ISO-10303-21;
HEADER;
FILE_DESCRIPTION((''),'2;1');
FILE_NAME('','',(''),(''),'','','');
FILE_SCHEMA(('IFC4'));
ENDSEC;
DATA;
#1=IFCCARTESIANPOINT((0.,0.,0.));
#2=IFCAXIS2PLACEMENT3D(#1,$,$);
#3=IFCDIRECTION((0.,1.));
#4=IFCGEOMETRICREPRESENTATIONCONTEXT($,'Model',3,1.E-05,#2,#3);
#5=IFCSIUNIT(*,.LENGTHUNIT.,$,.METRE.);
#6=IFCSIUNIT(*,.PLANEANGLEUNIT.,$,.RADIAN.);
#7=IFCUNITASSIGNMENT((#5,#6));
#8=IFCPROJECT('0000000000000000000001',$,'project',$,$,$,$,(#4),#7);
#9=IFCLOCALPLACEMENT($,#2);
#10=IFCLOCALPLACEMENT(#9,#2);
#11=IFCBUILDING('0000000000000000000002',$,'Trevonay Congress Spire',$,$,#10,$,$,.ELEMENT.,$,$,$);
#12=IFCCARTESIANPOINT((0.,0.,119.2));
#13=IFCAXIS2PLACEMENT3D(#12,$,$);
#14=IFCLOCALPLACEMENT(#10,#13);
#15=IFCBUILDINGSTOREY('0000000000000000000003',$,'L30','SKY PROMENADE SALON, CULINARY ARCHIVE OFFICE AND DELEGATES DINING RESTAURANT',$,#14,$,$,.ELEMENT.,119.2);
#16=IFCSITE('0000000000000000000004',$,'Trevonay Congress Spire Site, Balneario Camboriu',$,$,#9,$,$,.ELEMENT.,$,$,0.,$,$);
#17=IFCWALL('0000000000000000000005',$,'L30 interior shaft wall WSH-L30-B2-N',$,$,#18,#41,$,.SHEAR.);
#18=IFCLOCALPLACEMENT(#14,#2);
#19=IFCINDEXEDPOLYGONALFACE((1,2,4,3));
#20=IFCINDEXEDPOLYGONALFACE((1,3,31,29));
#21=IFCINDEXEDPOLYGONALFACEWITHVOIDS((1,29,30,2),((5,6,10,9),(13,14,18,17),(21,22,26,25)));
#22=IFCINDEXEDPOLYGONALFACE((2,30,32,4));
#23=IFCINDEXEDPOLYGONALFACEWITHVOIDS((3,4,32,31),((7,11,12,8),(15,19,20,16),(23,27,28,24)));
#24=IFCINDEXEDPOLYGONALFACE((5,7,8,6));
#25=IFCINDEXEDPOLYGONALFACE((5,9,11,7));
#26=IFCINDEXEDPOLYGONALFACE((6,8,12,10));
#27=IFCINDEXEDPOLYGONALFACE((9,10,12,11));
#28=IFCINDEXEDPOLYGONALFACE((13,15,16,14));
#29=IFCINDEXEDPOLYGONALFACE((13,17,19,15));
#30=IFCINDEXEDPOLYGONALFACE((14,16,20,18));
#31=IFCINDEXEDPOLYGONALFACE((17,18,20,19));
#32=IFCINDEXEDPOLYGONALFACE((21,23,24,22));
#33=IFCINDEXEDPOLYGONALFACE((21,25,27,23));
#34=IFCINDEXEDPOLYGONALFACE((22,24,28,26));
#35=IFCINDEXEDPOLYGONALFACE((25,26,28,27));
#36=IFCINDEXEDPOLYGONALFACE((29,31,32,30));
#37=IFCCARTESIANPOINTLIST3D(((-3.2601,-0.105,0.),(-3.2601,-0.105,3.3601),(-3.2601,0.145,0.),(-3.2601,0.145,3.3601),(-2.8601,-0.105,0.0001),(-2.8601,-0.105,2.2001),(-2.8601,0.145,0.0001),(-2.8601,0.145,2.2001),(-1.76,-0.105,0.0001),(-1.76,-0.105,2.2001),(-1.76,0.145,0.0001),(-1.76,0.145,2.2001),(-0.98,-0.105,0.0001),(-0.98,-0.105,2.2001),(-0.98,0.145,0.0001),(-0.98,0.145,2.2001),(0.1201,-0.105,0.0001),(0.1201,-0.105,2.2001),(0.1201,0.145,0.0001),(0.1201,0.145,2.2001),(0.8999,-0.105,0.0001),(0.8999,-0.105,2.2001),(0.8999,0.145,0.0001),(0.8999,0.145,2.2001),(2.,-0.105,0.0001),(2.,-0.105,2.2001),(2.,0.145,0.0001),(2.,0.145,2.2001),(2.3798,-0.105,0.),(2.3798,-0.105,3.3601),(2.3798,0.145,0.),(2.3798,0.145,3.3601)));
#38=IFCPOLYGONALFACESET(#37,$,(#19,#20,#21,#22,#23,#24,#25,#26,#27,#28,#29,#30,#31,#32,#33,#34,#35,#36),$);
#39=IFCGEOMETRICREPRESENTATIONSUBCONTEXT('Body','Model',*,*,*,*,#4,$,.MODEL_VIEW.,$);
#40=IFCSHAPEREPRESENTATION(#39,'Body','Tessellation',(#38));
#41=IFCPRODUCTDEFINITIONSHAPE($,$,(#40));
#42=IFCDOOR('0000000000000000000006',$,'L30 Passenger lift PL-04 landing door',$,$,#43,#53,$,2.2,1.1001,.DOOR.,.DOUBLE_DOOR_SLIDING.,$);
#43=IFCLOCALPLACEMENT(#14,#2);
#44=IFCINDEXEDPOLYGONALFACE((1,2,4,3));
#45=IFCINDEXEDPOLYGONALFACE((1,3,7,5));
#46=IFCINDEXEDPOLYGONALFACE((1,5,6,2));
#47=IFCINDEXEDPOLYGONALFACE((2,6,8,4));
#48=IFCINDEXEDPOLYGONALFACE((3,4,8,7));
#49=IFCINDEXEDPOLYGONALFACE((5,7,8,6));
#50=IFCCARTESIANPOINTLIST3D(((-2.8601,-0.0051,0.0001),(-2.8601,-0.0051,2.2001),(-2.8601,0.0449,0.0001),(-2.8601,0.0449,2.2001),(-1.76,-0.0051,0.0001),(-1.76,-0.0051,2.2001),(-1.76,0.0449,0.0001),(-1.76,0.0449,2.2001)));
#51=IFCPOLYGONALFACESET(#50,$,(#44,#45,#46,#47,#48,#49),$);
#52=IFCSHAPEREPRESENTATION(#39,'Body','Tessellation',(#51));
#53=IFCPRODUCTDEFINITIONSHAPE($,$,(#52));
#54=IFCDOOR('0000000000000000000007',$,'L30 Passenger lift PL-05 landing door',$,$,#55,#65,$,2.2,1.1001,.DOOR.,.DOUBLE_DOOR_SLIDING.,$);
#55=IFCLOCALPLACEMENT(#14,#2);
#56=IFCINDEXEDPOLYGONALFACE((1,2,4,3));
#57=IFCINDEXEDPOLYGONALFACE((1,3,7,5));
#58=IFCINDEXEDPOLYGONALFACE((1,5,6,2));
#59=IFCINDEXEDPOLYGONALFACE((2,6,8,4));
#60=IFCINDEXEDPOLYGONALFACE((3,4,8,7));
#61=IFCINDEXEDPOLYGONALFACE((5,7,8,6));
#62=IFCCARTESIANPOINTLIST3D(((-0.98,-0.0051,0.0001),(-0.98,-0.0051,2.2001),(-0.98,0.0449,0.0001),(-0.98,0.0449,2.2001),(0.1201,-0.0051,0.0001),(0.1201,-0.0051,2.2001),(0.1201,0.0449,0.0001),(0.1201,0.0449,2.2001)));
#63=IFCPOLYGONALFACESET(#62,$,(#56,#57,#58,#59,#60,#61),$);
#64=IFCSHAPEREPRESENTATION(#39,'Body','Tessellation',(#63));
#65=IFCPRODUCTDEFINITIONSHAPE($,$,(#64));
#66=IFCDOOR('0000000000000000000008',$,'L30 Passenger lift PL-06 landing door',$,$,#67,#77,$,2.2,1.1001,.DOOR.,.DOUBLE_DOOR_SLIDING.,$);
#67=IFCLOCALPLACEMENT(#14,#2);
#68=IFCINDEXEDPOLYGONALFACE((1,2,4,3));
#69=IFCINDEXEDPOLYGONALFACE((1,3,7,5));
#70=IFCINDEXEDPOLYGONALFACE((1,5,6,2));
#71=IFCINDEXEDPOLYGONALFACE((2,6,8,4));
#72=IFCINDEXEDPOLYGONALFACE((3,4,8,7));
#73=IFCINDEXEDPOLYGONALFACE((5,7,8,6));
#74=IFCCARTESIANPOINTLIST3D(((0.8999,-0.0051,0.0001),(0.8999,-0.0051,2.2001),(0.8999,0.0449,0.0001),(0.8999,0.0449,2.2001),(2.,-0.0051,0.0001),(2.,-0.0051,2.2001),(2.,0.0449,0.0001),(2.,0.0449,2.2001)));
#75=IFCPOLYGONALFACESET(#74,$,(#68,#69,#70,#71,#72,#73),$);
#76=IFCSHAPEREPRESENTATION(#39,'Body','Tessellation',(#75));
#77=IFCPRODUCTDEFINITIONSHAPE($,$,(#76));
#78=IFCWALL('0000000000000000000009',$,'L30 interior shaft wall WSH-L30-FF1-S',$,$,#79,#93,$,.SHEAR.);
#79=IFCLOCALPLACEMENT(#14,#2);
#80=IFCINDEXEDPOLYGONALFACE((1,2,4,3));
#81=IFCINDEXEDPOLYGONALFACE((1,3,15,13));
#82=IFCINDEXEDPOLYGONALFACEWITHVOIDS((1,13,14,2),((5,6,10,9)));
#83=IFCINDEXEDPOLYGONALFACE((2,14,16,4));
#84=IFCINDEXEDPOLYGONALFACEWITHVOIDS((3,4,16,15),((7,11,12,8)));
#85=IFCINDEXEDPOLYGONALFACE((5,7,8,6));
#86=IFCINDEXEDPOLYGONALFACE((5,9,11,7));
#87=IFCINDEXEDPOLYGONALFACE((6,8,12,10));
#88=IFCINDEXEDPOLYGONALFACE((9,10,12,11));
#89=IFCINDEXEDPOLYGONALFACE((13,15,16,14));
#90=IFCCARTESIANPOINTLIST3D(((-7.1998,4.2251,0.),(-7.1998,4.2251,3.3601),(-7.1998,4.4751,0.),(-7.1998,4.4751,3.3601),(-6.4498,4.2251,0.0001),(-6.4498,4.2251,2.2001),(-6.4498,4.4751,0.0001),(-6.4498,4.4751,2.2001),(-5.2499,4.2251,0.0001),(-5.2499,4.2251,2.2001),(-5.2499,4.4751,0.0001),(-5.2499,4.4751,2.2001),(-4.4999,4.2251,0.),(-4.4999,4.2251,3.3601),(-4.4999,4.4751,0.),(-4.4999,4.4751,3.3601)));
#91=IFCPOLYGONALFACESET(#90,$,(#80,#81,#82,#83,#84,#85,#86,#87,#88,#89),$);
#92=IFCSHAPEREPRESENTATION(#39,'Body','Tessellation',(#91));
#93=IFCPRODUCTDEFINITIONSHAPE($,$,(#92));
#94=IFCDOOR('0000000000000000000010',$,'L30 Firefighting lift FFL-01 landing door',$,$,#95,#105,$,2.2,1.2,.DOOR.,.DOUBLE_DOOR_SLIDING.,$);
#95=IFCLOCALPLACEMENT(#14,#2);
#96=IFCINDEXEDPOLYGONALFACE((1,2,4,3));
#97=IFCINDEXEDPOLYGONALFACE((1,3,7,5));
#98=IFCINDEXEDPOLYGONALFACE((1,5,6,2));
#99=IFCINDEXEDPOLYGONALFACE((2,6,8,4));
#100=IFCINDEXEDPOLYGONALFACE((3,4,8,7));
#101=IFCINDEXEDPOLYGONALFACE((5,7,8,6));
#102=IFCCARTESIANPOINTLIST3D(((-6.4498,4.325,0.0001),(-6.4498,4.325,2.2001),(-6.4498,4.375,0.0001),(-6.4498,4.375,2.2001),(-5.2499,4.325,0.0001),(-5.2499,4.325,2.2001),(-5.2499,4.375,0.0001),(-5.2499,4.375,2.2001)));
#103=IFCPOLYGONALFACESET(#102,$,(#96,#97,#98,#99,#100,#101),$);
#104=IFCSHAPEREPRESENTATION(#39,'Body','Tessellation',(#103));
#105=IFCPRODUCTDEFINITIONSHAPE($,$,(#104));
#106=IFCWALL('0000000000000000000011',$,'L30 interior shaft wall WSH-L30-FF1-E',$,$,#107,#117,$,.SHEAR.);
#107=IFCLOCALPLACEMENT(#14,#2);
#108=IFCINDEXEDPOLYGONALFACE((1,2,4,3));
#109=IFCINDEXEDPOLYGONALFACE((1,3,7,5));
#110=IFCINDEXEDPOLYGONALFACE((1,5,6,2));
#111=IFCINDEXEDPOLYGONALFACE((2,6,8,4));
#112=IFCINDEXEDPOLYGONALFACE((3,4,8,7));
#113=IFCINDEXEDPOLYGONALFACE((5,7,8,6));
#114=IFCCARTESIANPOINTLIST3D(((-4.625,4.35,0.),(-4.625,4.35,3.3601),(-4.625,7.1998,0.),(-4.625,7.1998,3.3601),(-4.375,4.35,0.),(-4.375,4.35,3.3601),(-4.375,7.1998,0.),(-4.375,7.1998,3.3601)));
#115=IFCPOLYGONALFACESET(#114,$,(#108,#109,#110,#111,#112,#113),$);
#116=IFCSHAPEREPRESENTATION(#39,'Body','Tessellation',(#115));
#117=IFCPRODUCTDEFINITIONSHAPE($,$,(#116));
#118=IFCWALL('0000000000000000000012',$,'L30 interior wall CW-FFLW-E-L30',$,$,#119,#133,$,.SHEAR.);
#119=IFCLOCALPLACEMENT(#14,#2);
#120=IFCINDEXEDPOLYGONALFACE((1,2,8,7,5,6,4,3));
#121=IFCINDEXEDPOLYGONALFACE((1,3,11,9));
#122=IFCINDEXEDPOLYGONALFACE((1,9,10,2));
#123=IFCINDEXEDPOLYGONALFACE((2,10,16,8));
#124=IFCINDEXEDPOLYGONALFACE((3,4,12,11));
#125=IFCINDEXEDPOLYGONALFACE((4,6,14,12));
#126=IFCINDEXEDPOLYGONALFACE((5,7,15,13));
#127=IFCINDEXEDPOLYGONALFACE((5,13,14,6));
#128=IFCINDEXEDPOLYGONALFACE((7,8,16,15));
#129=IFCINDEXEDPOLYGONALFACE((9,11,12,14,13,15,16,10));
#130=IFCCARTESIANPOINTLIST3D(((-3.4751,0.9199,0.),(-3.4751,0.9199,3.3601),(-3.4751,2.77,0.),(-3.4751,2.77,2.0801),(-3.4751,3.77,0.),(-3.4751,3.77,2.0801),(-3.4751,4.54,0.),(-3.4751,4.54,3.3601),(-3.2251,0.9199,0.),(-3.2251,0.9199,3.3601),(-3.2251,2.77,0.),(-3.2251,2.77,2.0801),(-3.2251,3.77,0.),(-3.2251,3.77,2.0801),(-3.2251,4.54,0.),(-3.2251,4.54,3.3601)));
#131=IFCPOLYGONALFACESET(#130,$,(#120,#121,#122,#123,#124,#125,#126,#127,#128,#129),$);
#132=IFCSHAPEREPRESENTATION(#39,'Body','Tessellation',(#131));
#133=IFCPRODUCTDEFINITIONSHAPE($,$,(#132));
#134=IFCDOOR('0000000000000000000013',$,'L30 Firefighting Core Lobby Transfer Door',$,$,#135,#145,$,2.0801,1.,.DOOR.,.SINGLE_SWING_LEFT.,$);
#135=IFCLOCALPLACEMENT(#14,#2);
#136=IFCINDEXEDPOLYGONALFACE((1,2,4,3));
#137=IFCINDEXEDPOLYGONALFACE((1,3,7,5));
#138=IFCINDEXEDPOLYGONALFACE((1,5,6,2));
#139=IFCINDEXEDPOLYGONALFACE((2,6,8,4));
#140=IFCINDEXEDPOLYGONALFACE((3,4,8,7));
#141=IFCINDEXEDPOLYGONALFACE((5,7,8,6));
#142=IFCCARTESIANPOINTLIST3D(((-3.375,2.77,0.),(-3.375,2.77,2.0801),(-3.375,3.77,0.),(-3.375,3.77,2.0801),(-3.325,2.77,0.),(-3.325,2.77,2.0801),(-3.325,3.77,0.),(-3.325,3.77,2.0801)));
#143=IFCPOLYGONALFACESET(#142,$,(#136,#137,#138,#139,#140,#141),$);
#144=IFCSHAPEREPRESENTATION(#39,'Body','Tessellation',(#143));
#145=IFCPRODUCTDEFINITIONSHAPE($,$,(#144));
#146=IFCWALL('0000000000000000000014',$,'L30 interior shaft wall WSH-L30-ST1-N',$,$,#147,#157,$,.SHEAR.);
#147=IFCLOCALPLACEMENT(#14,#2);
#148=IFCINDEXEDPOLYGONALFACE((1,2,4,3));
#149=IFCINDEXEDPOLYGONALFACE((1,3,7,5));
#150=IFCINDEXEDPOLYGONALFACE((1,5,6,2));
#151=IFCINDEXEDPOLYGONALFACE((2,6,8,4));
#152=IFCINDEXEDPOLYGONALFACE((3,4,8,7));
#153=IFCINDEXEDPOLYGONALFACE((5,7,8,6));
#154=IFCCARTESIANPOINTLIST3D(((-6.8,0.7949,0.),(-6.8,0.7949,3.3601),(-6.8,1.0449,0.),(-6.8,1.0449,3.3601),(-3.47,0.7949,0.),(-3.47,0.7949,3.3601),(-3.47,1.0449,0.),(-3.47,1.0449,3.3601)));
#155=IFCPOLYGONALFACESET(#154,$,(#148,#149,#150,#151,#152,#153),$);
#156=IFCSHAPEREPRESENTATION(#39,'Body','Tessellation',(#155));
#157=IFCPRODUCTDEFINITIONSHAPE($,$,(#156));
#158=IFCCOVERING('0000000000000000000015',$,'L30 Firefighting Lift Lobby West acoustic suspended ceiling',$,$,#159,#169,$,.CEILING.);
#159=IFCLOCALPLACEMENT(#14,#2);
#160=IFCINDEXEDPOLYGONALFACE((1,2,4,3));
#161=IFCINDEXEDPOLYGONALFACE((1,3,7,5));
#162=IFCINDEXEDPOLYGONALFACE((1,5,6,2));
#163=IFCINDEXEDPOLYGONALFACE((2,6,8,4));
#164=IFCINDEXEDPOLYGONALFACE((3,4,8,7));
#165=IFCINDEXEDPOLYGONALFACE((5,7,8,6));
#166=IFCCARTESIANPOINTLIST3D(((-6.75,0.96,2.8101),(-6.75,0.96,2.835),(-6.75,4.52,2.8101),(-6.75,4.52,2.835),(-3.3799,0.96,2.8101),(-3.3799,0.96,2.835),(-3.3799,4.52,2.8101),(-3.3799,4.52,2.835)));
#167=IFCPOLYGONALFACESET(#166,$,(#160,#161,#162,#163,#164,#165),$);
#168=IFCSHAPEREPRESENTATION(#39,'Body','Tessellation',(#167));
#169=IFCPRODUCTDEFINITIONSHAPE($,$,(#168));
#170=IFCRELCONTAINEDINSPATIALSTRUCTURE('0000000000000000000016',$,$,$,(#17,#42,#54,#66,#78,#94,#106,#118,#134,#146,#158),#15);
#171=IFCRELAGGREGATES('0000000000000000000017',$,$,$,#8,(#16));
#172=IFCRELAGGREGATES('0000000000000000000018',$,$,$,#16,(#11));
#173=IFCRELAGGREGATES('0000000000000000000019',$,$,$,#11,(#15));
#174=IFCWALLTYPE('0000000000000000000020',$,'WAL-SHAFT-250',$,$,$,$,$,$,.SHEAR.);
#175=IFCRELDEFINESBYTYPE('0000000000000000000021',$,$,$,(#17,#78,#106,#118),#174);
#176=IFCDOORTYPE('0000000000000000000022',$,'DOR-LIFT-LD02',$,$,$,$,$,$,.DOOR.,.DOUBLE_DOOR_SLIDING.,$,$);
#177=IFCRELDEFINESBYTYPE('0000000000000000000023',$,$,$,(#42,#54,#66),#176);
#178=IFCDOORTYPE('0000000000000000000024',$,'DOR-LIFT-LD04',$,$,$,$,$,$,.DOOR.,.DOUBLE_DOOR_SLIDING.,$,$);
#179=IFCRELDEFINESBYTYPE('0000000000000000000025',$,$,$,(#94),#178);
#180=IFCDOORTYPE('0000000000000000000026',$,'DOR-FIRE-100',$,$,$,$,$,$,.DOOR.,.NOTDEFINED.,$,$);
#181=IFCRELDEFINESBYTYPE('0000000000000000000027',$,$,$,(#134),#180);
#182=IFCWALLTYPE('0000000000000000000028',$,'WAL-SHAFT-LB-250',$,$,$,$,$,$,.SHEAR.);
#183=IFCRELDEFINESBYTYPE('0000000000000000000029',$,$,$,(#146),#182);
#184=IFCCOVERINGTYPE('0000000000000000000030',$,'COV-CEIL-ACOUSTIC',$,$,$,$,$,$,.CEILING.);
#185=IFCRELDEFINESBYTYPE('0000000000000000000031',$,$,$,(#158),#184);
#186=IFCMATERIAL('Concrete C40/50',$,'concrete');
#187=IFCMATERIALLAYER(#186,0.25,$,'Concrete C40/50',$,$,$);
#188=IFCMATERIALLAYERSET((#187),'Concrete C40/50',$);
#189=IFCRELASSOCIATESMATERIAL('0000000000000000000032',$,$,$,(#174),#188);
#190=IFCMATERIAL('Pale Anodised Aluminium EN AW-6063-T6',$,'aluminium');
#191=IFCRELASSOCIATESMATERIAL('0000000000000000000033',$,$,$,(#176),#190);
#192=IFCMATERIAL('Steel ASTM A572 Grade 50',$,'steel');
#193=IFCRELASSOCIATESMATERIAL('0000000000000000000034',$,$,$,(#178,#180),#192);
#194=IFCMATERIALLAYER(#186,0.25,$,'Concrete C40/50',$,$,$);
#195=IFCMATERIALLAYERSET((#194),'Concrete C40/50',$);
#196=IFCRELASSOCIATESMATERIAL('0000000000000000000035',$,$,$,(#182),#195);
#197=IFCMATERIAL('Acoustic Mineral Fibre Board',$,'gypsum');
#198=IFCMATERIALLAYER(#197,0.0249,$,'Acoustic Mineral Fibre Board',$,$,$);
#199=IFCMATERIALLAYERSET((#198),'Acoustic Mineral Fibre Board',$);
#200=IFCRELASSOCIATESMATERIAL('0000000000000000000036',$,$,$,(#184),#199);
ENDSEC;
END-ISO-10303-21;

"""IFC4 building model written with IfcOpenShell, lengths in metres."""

from ifc_helpers import new_model, si_unit, direction, frame, frame_2d, origin, place, context, subcontext, project, spatial, polyline, rectangle, outline, extrude, material, layer, layer_set, type_object, element, fill, save


model = new_model("IFC4")

# Units and contexts
model_context = context("Model", 3, precision=1e-05, world=origin(), true_north=direction((0.0, 1.0)))
body_context = subcontext(model_context, "Body", "Model", "MODEL_VIEW")
ifc_project = project(units=[si_unit("LENGTHUNIT", "METRE"), si_unit("PLANEANGLEUNIT", "RADIAN")], contexts=[model_context])

# Site, building, storey
site_placement = place(None, origin())
site = spatial("IfcSite", under=ifc_project, at=site_placement, Name="Trevonay Congress Spire Site, Balneario Camboriu", CompositionType="ELEMENT", RefElevation=0.0)
building_placement = place(site_placement, origin())
building = spatial("IfcBuilding", under=site, at=building_placement, Name="Trevonay Congress Spire", CompositionType="ELEMENT")
storey_placement = place(building_placement, frame((0.0, 0.0, 119.2)))
storey = spatial("IfcBuildingStorey", under=building, at=storey_placement, Name="L30", Description="SKY PROMENADE SALON, CULINARY ARCHIVE OFFICE AND DELEGATES DINING RESTAURANT", CompositionType="ELEMENT", Elevation=119.2)

# Shared definitions
ifc_material_1 = material(Name="Steel ASTM A572 Grade 50", Category="steel")

# Shared definitions
ifc_material_2 = material(Name="Concrete C40/50", Category="concrete")

# Wall, openings, doors
ifc_layer_1 = layer(ifc_material_2, 0.25, Name="Concrete C40/50")
ifc_layer_set_1 = layer_set([ifc_layer_1], Name="Concrete C40/50")
wall_type_1 = type_object("IfcWallType", Name="WAL-SHAFT-250", PredefinedType="SHEAR", material=ifc_layer_set_1)
wall_1_placement = place(storey_placement, frame((-3.26, 0.02, 0.0), z_axis=(0.0, 0.0, 1.0), x_axis=(1.0, 0.0, 0.0)))
wall_1 = element("IfcWall", 1, at=wall_1_placement, inside=storey, type_object=wall_type_1, Name="L30 interior shaft wall WSH-L30-B2-N", PredefinedType="SHEAR", context=body_context, shape_type="SweptSolid", body=[
    extrude(rectangle(XDim=5.6399, YDim=0.25, at=frame_2d((2.8198, 0.0))), origin(), (0.0, 0.0, 1.0), 3.3601),
])
opening_1_placement = place(wall_1_placement, frame((0.3999, 0.0, 0.0)))
opening_1 = element("IfcOpeningElement", 2, at=opening_1_placement, cuts=wall_1, PredefinedType="OPENING", context=body_context, shape_type="SweptSolid", body=[
    extrude(rectangle(XDim=1.1001, YDim=2.2, at=frame_2d((0.55, 1.1001))), frame((0.0, 0.135, 0.0), z_axis=(0.0, -1.0, 0.0), x_axis=(1.0, 0.0, 0.0)), (0.0, 0.0, 1.0), 0.27),
])
opening_2_placement = place(wall_1_placement, frame((2.28, 0.0, 0.0)))
opening_2 = element("IfcOpeningElement", 3, at=opening_2_placement, cuts=wall_1, PredefinedType="OPENING", context=body_context, shape_type="SweptSolid", body=[
    extrude(rectangle(XDim=1.1001, YDim=2.2, at=frame_2d((0.55, 1.1001))), frame((0.0, 0.135, 0.0), z_axis=(0.0, -1.0, 0.0), x_axis=(1.0, 0.0, 0.0)), (0.0, 0.0, 1.0), 0.27),
])
opening_3_placement = place(wall_1_placement, frame((4.1599, 0.0, 0.0)))
opening_3 = element("IfcOpeningElement", 4, at=opening_3_placement, cuts=wall_1, PredefinedType="OPENING", context=body_context, shape_type="SweptSolid", body=[
    extrude(rectangle(XDim=1.1001, YDim=2.2, at=frame_2d((0.55, 1.1001))), frame((0.0, 0.135, 0.0), z_axis=(0.0, -1.0, 0.0), x_axis=(1.0, 0.0, 0.0)), (0.0, 0.0, 1.0), 0.27),
])
ifc_material_3 = material(Name="Pale Anodised Aluminium EN AW-6063-T6", Category="aluminium")
door_type_1 = type_object("IfcDoorType", Name="DOR-LIFT-LD02", OperationType="DOUBLE_DOOR_SLIDING", PredefinedType="DOOR", material=ifc_material_3)
door_1_placement = place(opening_1_placement, origin())
door_1 = element("IfcDoor", 5, at=door_1_placement, inside=storey, type_object=door_type_1, Name="L30 Passenger lift PL-04 landing door", OperationType="DOUBLE_DOOR_SLIDING", OverallHeight=2.2, OverallWidth=1.1001, PredefinedType="DOOR", context=body_context, shape_type="SweptSolid", body=[
    extrude(rectangle(XDim=1.1001, YDim=2.2, at=frame_2d((0.55, 1.1001))), frame((0.0, 0.0249, 0.0), z_axis=(0.0, -1.0, 0.0), x_axis=(1.0, 0.0, 0.0)), (0.0, 0.0, 1.0), 0.05),
])
fill(opening_1, door_1)
door_2_placement = place(opening_2_placement, origin())
door_2 = element("IfcDoor", 6, at=door_2_placement, inside=storey, type_object=door_type_1, Name="L30 Passenger lift PL-05 landing door", OperationType="DOUBLE_DOOR_SLIDING", OverallHeight=2.2, OverallWidth=1.1001, PredefinedType="DOOR", context=body_context, shape_type="SweptSolid", body=[
    extrude(rectangle(XDim=1.1001, YDim=2.2, at=frame_2d((0.55, 1.1001))), frame((0.0, 0.0249, 0.0), z_axis=(0.0, -1.0, 0.0), x_axis=(1.0, 0.0, 0.0)), (0.0, 0.0, 1.0), 0.05),
])
fill(opening_2, door_2)
door_3_placement = place(opening_3_placement, origin())
door_3 = element("IfcDoor", 7, at=door_3_placement, inside=storey, type_object=door_type_1, Name="L30 Passenger lift PL-06 landing door", OperationType="DOUBLE_DOOR_SLIDING", OverallHeight=2.2, OverallWidth=1.1001, PredefinedType="DOOR", context=body_context, shape_type="SweptSolid", body=[
    extrude(rectangle(XDim=1.1001, YDim=2.2, at=frame_2d((0.55, 1.1001))), frame((0.0, 0.0249, 0.0), z_axis=(0.0, -1.0, 0.0), x_axis=(1.0, 0.0, 0.0)), (0.0, 0.0, 1.0), 0.05),
])
fill(opening_3, door_3)

# Wall, opening, door
wall_2_placement = place(storey_placement, frame((-7.2, 4.3501, 0.0), z_axis=(0.0, 0.0, 1.0), x_axis=(1.0, 0.0, 0.0)))
wall_2 = element("IfcWall", 8, at=wall_2_placement, inside=storey, type_object=wall_type_1, Name="L30 interior shaft wall WSH-L30-FF1-S", PredefinedType="SHEAR", context=body_context, shape_type="SweptSolid", body=[
    extrude(rectangle(XDim=2.7, YDim=0.25, at=frame_2d((1.3501, 0.0))), origin(), (0.0, 0.0, 1.0), 3.3601),
])
opening_4_placement = place(wall_2_placement, frame((0.75, 0.0, 0.0)))
opening_4 = element("IfcOpeningElement", 9, at=opening_4_placement, cuts=wall_2, PredefinedType="OPENING", context=body_context, shape_type="SweptSolid", body=[
    extrude(rectangle(XDim=1.2, YDim=2.2, at=frame_2d((0.6001, 1.1001))), frame((0.0, 0.135, 0.0), z_axis=(0.0, -1.0, 0.0), x_axis=(1.0, 0.0, 0.0)), (0.0, 0.0, 1.0), 0.27),
])
door_type_2 = type_object("IfcDoorType", Name="DOR-LIFT-LD04", OperationType="DOUBLE_DOOR_SLIDING", PredefinedType="DOOR", material=ifc_material_1)
door_4_placement = place(opening_4_placement, origin())
door_4 = element("IfcDoor", 10, at=door_4_placement, inside=storey, type_object=door_type_2, Name="L30 Firefighting lift FFL-01 landing door", OperationType="DOUBLE_DOOR_SLIDING", OverallHeight=2.2, OverallWidth=1.2, PredefinedType="DOOR", context=body_context, shape_type="SweptSolid", body=[
    extrude(rectangle(XDim=1.2, YDim=2.2, at=frame_2d((0.6001, 1.1001))), frame((0.0, 0.0249, 0.0), z_axis=(0.0, -1.0, 0.0), x_axis=(1.0, 0.0, 0.0)), (0.0, 0.0, 1.0), 0.05),
])
fill(opening_4, door_4)

# Wall
wall_3_placement = place(storey_placement, frame((-4.5, 4.3501, 0.0), z_axis=(0.0, 0.0, 1.0), x_axis=(0.0, 1.0, 0.0)))
element("IfcWall", 11, at=wall_3_placement, inside=storey, type_object=wall_type_1, Name="L30 interior shaft wall WSH-L30-FF1-E", PredefinedType="SHEAR", context=body_context, shape_type="SweptSolid", body=[
    extrude(rectangle(XDim=2.8499, YDim=0.25, at=frame_2d((1.4248, 0.0))), origin(), (0.0, 0.0, 1.0), 3.3601),
])

# Wall, opening, door
wall_4_placement = place(storey_placement, frame((-3.3501, 0.9199, 0.0), z_axis=(0.0, 0.0, 1.0), x_axis=(0.0, 1.0, 0.0)))
wall_4 = element("IfcWall", 12, at=wall_4_placement, inside=storey, type_object=wall_type_1, Name="L30 interior wall CW-FFLW-E-L30", PredefinedType="SHEAR", context=body_context, shape_type="SweptSolid", body=[
    extrude(rectangle(XDim=3.6201, YDim=0.25, at=frame_2d((1.8101, 0.0))), origin(), (0.0, 0.0, 1.0), 3.3601),
])
opening_5_placement = place(wall_4_placement, frame((1.8501, 0.0, 0.0)))
opening_5 = element("IfcOpeningElement", 13, at=opening_5_placement, cuts=wall_4, PredefinedType="OPENING", context=body_context, shape_type="SweptSolid", body=[
    extrude(rectangle(XDim=1.0, YDim=2.0801, at=frame_2d((0.5, 1.04))), frame((0.0, 0.135, 0.0), z_axis=(0.0, -1.0, 0.0), x_axis=(1.0, 0.0, 0.0)), (0.0, 0.0, 1.0), 0.27),
])
door_type_3 = type_object("IfcDoorType", Name="DOR-FIRE-100", OperationType="NOTDEFINED", PredefinedType="DOOR", material=ifc_material_1)
door_5_placement = place(opening_5_placement, origin())
door_5 = element("IfcDoor", 14, at=door_5_placement, inside=storey, type_object=door_type_3, Name="L30 Firefighting Core Lobby Transfer Door", OperationType="SINGLE_SWING_LEFT", OverallHeight=2.0801, OverallWidth=1.0, PredefinedType="DOOR", context=body_context, shape_type="SweptSolid", body=[
    extrude(rectangle(XDim=1.0, YDim=2.0801, at=frame_2d((0.5, 1.04))), frame((0.0, 0.0249, 0.0), z_axis=(0.0, -1.0, 0.0), x_axis=(1.0, 0.0, 0.0)), (0.0, 0.0, 1.0), 0.05),
])
fill(opening_5, door_5)

# Wall
ifc_layer_2 = layer(ifc_material_2, 0.25, Name="Concrete C40/50")
ifc_layer_set_2 = layer_set([ifc_layer_2], Name="Concrete C40/50")
wall_type_2 = type_object("IfcWallType", Name="WAL-SHAFT-LB-250", PredefinedType="SHEAR", material=ifc_layer_set_2)
wall_5_placement = place(storey_placement, frame((-6.8, 0.9199, 0.0), z_axis=(0.0, 0.0, 1.0), x_axis=(1.0, 0.0, 0.0)))
element("IfcWall", 15, at=wall_5_placement, inside=storey, type_object=wall_type_2, Name="L30 interior shaft wall WSH-L30-ST1-N", PredefinedType="SHEAR", context=body_context, shape_type="SweptSolid", body=[
    extrude(rectangle(XDim=3.3301, YDim=0.25, at=frame_2d((1.665, 0.0))), origin(), (0.0, 0.0, 1.0), 3.3601),
])

# Covering
ifc_material_4 = material(Name="Acoustic Mineral Fibre Board", Category="gypsum")
ifc_layer_3 = layer(ifc_material_4, 0.0249, Name="Acoustic Mineral Fibre Board")
ifc_layer_set_3 = layer_set([ifc_layer_3], Name="Acoustic Mineral Fibre Board")
covering_type_1 = type_object("IfcCoveringType", Name="COV-CEIL-ACOUSTIC", PredefinedType="CEILING", material=ifc_layer_set_3)
covering_1_placement = place(storey_placement, frame((0.0, 0.0, 2.8101)))
element("IfcCovering", 16, at=covering_1_placement, inside=storey, type_object=covering_type_1, Name="L30 Firefighting Lift Lobby West acoustic suspended ceiling", PredefinedType="CEILING", context=body_context, shape_type="SweptSolid", body=[
    extrude(outline(polyline([(-6.75, 0.96), (-3.3799, 0.96), (-3.3799, 4.52), (-6.75, 4.52), (-6.75, 0.96)])), origin(), (0.0, 0.0, 1.0), 0.0249),
])

save(model, "model.ifc")
